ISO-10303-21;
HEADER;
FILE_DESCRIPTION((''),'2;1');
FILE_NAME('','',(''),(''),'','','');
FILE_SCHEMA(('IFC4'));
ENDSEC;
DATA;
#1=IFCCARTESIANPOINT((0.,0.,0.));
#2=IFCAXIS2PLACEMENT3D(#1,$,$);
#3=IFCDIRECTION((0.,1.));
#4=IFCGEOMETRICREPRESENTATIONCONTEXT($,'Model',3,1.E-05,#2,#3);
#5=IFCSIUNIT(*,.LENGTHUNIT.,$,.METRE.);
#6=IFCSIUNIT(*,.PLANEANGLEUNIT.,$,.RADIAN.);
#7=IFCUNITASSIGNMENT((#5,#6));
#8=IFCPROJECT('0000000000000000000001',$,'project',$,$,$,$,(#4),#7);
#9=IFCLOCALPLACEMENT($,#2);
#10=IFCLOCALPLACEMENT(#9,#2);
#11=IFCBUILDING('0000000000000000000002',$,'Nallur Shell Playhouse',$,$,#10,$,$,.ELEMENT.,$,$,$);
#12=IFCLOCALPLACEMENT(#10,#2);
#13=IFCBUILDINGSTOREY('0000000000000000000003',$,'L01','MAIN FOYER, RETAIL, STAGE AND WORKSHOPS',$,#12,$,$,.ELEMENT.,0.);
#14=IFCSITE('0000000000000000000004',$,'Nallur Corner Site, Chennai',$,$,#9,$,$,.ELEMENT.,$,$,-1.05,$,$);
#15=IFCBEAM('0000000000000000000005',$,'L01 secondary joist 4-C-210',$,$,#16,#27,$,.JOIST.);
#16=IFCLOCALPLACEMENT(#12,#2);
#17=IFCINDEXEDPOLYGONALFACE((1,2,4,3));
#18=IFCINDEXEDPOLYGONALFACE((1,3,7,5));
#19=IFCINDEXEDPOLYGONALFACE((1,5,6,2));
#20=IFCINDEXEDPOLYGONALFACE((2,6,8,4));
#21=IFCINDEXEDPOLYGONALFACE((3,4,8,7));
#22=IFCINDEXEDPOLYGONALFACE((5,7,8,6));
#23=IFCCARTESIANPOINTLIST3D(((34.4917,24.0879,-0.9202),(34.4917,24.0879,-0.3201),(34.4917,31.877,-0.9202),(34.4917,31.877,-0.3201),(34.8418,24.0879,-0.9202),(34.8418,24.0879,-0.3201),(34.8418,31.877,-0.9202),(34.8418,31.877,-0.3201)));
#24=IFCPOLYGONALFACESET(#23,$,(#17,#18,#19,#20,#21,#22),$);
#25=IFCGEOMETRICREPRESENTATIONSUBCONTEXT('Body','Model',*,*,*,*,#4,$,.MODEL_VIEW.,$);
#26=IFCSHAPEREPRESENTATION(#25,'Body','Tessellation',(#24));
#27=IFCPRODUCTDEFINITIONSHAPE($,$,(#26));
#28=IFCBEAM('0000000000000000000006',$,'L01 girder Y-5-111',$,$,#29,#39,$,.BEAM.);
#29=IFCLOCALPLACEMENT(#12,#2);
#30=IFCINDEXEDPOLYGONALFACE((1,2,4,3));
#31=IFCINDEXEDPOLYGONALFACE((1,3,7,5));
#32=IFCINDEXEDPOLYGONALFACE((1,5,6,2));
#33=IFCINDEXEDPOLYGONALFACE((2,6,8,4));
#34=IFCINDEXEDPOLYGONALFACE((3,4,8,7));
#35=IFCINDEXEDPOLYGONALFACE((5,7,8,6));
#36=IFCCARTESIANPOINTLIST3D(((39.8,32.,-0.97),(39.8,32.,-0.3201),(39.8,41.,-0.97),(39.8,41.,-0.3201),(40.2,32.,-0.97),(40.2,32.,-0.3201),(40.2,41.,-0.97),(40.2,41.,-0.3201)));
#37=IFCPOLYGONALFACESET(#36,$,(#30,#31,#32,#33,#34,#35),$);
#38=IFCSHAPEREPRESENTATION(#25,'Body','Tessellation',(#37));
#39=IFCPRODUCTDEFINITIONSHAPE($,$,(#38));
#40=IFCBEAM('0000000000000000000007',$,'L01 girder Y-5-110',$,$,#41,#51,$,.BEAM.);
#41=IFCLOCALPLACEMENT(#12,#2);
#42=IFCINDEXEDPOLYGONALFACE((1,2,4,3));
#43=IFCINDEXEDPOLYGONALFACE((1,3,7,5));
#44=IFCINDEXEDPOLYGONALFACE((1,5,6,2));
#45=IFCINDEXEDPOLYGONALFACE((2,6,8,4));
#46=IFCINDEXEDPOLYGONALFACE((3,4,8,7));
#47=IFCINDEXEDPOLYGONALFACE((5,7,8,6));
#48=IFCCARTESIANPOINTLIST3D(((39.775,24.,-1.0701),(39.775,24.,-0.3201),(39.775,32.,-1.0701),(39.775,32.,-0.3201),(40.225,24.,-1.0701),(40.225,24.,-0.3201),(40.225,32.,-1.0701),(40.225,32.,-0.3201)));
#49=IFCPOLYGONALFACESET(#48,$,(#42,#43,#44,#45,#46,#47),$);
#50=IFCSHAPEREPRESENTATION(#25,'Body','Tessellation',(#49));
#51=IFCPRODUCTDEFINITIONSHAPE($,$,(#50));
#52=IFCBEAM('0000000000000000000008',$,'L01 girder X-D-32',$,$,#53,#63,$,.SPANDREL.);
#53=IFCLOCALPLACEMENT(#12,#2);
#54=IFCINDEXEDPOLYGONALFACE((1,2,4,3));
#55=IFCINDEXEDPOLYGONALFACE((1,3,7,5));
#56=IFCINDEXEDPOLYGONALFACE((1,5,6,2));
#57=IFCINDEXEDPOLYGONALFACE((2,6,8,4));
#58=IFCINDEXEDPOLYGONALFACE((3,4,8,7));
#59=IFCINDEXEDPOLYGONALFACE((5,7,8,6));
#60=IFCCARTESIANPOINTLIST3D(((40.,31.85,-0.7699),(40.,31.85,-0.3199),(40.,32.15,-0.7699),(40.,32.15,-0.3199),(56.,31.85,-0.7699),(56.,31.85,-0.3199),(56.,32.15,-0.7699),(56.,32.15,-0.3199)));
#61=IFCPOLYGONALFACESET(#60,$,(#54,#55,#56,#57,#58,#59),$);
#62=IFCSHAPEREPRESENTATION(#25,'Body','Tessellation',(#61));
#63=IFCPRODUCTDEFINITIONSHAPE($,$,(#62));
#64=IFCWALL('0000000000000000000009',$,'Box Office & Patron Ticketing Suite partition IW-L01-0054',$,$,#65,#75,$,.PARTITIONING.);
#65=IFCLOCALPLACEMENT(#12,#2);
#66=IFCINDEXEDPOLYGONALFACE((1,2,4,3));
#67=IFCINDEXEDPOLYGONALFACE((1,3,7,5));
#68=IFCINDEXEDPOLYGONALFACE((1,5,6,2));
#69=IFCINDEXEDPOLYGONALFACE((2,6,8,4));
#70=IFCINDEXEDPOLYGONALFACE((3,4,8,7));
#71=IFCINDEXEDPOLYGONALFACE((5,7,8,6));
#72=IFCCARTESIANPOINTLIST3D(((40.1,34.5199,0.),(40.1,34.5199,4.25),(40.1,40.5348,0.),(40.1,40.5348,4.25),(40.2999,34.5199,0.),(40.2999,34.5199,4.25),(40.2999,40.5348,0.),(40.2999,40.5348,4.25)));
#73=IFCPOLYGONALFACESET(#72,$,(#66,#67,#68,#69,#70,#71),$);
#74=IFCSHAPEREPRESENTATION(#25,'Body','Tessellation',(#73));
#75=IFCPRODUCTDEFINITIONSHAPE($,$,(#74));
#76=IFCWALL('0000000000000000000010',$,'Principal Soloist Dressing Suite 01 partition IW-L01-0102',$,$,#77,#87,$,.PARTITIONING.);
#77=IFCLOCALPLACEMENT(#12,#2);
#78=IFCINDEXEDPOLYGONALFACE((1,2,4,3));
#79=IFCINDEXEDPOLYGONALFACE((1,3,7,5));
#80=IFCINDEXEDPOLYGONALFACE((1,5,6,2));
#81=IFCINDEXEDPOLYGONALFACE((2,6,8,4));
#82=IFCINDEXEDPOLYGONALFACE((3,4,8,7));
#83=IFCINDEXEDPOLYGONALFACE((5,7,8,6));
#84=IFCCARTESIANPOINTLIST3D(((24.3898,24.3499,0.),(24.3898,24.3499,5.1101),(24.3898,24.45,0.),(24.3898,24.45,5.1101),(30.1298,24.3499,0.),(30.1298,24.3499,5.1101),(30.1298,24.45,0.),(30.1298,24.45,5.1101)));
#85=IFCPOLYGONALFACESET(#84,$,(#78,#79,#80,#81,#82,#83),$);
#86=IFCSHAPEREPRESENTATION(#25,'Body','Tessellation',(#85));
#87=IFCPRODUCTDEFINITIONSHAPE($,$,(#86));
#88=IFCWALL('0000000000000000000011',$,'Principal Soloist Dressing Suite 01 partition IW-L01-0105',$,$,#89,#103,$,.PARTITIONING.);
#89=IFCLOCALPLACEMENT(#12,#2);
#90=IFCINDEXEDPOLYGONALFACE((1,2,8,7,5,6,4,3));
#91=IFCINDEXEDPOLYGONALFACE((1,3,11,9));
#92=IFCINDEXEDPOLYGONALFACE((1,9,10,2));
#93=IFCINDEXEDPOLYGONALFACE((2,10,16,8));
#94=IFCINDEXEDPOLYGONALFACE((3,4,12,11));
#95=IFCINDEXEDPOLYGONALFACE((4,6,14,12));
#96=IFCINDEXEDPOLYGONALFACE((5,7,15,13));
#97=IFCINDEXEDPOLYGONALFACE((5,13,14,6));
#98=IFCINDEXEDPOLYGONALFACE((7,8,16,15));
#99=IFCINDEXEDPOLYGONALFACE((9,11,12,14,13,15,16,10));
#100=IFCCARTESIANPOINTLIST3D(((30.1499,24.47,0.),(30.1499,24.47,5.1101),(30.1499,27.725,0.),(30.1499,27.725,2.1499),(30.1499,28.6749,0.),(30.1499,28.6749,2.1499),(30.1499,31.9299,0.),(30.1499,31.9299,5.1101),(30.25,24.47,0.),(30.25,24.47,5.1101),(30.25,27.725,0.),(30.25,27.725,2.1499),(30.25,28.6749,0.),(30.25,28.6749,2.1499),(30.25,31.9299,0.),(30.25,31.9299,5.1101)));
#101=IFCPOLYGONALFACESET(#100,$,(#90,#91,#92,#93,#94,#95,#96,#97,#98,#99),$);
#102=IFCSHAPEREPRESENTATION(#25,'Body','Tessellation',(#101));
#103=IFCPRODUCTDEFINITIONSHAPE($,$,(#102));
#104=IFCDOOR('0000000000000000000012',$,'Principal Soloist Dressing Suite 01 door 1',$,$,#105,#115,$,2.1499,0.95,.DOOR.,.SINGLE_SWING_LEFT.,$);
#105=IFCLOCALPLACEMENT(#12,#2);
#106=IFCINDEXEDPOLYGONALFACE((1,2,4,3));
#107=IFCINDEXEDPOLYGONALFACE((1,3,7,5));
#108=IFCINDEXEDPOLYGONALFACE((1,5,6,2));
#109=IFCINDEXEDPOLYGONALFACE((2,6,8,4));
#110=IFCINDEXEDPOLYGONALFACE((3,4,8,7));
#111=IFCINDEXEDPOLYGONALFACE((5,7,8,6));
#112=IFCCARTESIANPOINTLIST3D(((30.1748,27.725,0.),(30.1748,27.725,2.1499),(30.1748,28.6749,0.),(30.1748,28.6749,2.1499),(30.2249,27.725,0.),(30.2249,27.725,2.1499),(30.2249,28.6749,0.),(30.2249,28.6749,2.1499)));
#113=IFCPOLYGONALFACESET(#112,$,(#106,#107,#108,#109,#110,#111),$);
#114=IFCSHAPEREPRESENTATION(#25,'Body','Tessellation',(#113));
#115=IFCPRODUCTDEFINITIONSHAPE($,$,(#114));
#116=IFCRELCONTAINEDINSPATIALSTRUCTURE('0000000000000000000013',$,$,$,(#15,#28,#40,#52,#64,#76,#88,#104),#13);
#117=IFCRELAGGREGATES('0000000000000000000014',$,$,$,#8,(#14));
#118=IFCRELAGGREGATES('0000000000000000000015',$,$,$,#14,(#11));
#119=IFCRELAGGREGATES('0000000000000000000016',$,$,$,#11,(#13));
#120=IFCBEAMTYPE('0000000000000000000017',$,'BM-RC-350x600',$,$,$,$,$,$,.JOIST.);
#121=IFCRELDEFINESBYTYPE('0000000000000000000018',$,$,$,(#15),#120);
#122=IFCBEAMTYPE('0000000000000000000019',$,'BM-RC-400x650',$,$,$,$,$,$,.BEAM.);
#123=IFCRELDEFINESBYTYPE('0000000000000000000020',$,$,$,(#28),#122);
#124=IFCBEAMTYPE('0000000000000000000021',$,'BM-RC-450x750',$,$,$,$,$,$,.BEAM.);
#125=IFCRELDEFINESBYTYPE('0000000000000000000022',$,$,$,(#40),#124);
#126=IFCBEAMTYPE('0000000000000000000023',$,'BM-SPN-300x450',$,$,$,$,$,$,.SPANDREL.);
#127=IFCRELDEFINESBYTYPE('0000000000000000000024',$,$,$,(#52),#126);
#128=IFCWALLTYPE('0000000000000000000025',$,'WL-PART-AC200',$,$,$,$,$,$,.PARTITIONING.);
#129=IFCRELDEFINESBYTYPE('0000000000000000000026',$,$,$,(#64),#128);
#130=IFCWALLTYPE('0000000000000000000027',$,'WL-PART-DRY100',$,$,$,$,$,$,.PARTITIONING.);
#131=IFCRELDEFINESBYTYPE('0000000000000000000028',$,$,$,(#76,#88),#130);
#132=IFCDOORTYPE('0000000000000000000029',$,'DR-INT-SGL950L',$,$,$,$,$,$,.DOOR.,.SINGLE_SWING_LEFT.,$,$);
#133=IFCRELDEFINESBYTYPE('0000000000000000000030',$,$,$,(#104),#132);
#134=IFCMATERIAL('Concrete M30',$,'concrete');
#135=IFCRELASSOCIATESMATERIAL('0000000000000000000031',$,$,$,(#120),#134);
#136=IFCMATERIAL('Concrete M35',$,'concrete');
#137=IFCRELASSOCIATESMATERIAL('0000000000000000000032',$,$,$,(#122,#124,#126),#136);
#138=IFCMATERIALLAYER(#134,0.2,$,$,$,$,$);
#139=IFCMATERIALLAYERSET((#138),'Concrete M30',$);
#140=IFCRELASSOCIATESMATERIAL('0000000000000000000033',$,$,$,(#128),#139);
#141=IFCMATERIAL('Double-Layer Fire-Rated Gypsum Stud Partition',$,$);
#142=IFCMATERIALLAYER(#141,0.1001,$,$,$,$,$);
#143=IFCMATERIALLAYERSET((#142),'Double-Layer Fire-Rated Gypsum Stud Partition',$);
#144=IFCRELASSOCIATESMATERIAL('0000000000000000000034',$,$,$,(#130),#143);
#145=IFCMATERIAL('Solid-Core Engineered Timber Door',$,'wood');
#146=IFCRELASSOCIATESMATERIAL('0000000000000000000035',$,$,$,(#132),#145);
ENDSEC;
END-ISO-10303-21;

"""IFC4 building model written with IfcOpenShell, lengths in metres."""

from ifc_helpers import new_model, si_unit, direction, frame, frame_2d, origin, origin_2d, place, context, subcontext, project, spatial, rectangle, extrude, material, layer, layer_set, material_profile, profile_set, type_object, element, fill, save


model = new_model("IFC4")

# Units and contexts
model_context = context("Model", 3, precision=1e-05, world=origin(), true_north=direction((0.0, 1.0)))
body_context = subcontext(model_context, "Body", "Model", "MODEL_VIEW")
ifc_project = project(units=[si_unit("LENGTHUNIT", "METRE"), si_unit("PLANEANGLEUNIT", "RADIAN")], contexts=[model_context])

# Site, building, storey
site_placement = place(None, origin())
site = spatial("IfcSite", under=ifc_project, at=site_placement, Name="Nallur Corner Site, Chennai", CompositionType="ELEMENT", RefElevation=-1.05)
building_placement = place(site_placement, origin())
building = spatial("IfcBuilding", under=site, at=building_placement, Name="Nallur Shell Playhouse", CompositionType="ELEMENT")
storey_placement = place(building_placement, origin())
storey = spatial("IfcBuildingStorey", under=building, at=storey_placement, Name="L01", Description="MAIN FOYER, RETAIL, STAGE AND WORKSHOPS", CompositionType="ELEMENT", Elevation=0.0)

# Beams
ifc_material_1 = material(Name="Concrete M30", Category="concrete")
ifc_material_profile_1 = material_profile(ifc_material_1, rectangle(XDim=0.3501, YDim=0.6001, at=origin_2d()), Name="RC 350x600")
ifc_profile_set_1 = profile_set([ifc_material_profile_1], Name="Concrete M30")
beam_type_1 = type_object("IfcBeamType", Name="BM-RC-350x600", PredefinedType="JOIST", material=ifc_profile_set_1)
beam_1_placement = place(storey_placement, frame((34.6667, 24.0879, -0.6201), z_axis=(0.0, 1.0, 0.0), x_axis=(-1.0, 0.0, 0.0)))
element("IfcBeam", 1, at=beam_1_placement, inside=storey, type_object=beam_type_1, Name="L01 secondary joist 4-C-210", PredefinedType="JOIST", context=body_context, shape_type="SweptSolid", body=[
    extrude(rectangle(XDim=0.3501, YDim=0.6001, at=origin_2d()), origin(), (0.0, 0.0, 1.0), 7.7891),
])
ifc_material_2 = material(Name="Concrete M35", Category="concrete")
ifc_material_profile_2 = material_profile(ifc_material_2, rectangle(XDim=0.3999, YDim=0.6499, at=origin_2d()), Name="RC 400x650")
ifc_profile_set_2 = profile_set([ifc_material_profile_2], Name="Concrete M35")
beam_type_2 = type_object("IfcBeamType", Name="BM-RC-400x650", PredefinedType="BEAM", material=ifc_profile_set_2)
beam_2_placement = place(storey_placement, frame((40.0, 32.0, -0.645), z_axis=(0.0, 1.0, 0.0), x_axis=(-1.0, 0.0, 0.0)))
element("IfcBeam", 2, at=beam_2_placement, inside=storey, type_object=beam_type_2, Name="L01 girder Y-5-111", PredefinedType="BEAM", context=body_context, shape_type="SweptSolid", body=[
    extrude(rectangle(XDim=0.3999, YDim=0.6499, at=origin_2d()), origin(), (0.0, 0.0, 1.0), 9.0),
])
ifc_material_profile_3 = material_profile(ifc_material_2, rectangle(XDim=0.45, YDim=0.75, at=origin_2d()), Name="RC 450x750")
ifc_profile_set_3 = profile_set([ifc_material_profile_3], Name="Concrete M35")
beam_type_3 = type_object("IfcBeamType", Name="BM-RC-450x750", PredefinedType="BEAM", material=ifc_profile_set_3)
beam_3_placement = place(storey_placement, frame((40.0, 24.0, -0.6951), z_axis=(0.0, 1.0, 0.0), x_axis=(-1.0, 0.0, 0.0)))
element("IfcBeam", 3, at=beam_3_placement, inside=storey, type_object=beam_type_3, Name="L01 girder Y-5-110", PredefinedType="BEAM", context=body_context, shape_type="SweptSolid", body=[
    extrude(rectangle(XDim=0.45, YDim=0.75, at=origin_2d()), origin(), (0.0, 0.0, 1.0), 8.0),
])
ifc_material_profile_4 = material_profile(ifc_material_2, rectangle(XDim=0.3, YDim=0.45, at=origin_2d()), Name="RC 300x450")
ifc_profile_set_4 = profile_set([ifc_material_profile_4], Name="Concrete M35")
beam_type_4 = type_object("IfcBeamType", Name="BM-SPN-300x450", PredefinedType="SPANDREL", material=ifc_profile_set_4)
beam_4_placement = place(storey_placement, frame((40.0, 32.0, -0.5449), z_axis=(1.0, 0.0, 0.0), x_axis=(0.0, 1.0, 0.0)))
element("IfcBeam", 4, at=beam_4_placement, inside=storey, type_object=beam_type_4, Name="L01 girder X-D-32", PredefinedType="SPANDREL", context=body_context, shape_type="SweptSolid", body=[
    extrude(rectangle(XDim=0.3, YDim=0.45, at=origin_2d()), origin(), (0.0, 0.0, 1.0), 16.0),
])

# Walls
ifc_layer_1 = layer(ifc_material_1, 0.2)
ifc_layer_set_1 = layer_set([ifc_layer_1], Name="Concrete M30")
wall_type_1 = type_object("IfcWallType", Name="WL-PART-AC200", PredefinedType="PARTITIONING", material=ifc_layer_set_1)
wall_1_placement = place(storey_placement, frame((40.2, 34.52, 0.0), z_axis=(0.0, 0.0, 1.0), x_axis=(0.0, 1.0, 0.0)))
element("IfcWall", 5, at=wall_1_placement, inside=storey, type_object=wall_type_1, Name="Box Office & Patron Ticketing Suite partition IW-L01-0054", PredefinedType="PARTITIONING", context=body_context, shape_type="SweptSolid", body=[
    extrude(rectangle(XDim=6.0149, YDim=0.2, at=frame_2d((3.0073, 0.0))), origin(), (0.0, 0.0, 1.0), 4.25),
])
ifc_material_3 = material(Name="Double-Layer Fire-Rated Gypsum Stud Partition")
ifc_layer_2 = layer(ifc_material_3, 0.1001)
ifc_layer_set_2 = layer_set([ifc_layer_2], Name="Double-Layer Fire-Rated Gypsum Stud Partition")
wall_type_2 = type_object("IfcWallType", Name="WL-PART-DRY100", PredefinedType="PARTITIONING", material=ifc_layer_set_2)
wall_2_placement = place(storey_placement, frame((30.1299, 24.3999, 0.0), z_axis=(0.0, 0.0, 1.0), x_axis=(-1.0, 0.0, 0.0)))
element("IfcWall", 6, at=wall_2_placement, inside=storey, type_object=wall_type_2, Name="Principal Soloist Dressing Suite 01 partition IW-L01-0102", PredefinedType="PARTITIONING", context=body_context, shape_type="SweptSolid", body=[
    extrude(rectangle(XDim=5.74, YDim=0.1001, at=frame_2d((2.8701, 0.0))), origin(), (0.0, 0.0, 1.0), 5.1101),
])

# Wall, opening, door
wall_3_placement = place(storey_placement, frame((30.2, 31.9299, 0.0), z_axis=(0.0, 0.0, 1.0), x_axis=(0.0, -1.0, 0.0)))
wall_3 = element("IfcWall", 7, at=wall_3_placement, inside=storey, type_object=wall_type_2, Name="Principal Soloist Dressing Suite 01 partition IW-L01-0105", PredefinedType="PARTITIONING", context=body_context, shape_type="SweptSolid", body=[
    extrude(rectangle(XDim=7.46, YDim=0.1001, at=frame_2d((3.73, 0.0))), origin(), (0.0, 0.0, 1.0), 5.1101),
])
opening_placement = place(wall_3_placement, frame((3.2549, 0.0, 0.0)))
opening = element("IfcOpeningElement", 8, at=opening_placement, cuts=wall_3, PredefinedType="OPENING", context=body_context, shape_type="SweptSolid", body=[
    extrude(rectangle(XDim=0.95, YDim=2.1499, at=frame_2d((0.4751, 1.075))), frame((0.0, 0.0601, 0.0), z_axis=(0.0, -1.0, 0.0), x_axis=(1.0, 0.0, 0.0)), (0.0, 0.0, 1.0), 0.1201),
])
ifc_material_4 = material(Name="Solid-Core Engineered Timber Door", Category="wood")
door_type = type_object("IfcDoorType", Name="DR-INT-SGL950L", OperationType="SINGLE_SWING_LEFT", PredefinedType="DOOR", material=ifc_material_4)
door_placement = place(opening_placement, origin())
door = element("IfcDoor", 9, at=door_placement, inside=storey, type_object=door_type, Name="Principal Soloist Dressing Suite 01 door 1", OperationType="SINGLE_SWING_LEFT", OverallHeight=2.1499, OverallWidth=0.95, PredefinedType="DOOR", context=body_context, shape_type="SweptSolid", body=[
    extrude(rectangle(XDim=0.95, YDim=2.1499, at=frame_2d((0.4751, 1.075))), frame((0.0, 0.0249, 0.0), z_axis=(0.0, -1.0, 0.0), x_axis=(1.0, 0.0, 0.0)), (0.0, 0.0, 1.0), 0.05),
])
fill(opening, door)

save(model, "model.ifc")
